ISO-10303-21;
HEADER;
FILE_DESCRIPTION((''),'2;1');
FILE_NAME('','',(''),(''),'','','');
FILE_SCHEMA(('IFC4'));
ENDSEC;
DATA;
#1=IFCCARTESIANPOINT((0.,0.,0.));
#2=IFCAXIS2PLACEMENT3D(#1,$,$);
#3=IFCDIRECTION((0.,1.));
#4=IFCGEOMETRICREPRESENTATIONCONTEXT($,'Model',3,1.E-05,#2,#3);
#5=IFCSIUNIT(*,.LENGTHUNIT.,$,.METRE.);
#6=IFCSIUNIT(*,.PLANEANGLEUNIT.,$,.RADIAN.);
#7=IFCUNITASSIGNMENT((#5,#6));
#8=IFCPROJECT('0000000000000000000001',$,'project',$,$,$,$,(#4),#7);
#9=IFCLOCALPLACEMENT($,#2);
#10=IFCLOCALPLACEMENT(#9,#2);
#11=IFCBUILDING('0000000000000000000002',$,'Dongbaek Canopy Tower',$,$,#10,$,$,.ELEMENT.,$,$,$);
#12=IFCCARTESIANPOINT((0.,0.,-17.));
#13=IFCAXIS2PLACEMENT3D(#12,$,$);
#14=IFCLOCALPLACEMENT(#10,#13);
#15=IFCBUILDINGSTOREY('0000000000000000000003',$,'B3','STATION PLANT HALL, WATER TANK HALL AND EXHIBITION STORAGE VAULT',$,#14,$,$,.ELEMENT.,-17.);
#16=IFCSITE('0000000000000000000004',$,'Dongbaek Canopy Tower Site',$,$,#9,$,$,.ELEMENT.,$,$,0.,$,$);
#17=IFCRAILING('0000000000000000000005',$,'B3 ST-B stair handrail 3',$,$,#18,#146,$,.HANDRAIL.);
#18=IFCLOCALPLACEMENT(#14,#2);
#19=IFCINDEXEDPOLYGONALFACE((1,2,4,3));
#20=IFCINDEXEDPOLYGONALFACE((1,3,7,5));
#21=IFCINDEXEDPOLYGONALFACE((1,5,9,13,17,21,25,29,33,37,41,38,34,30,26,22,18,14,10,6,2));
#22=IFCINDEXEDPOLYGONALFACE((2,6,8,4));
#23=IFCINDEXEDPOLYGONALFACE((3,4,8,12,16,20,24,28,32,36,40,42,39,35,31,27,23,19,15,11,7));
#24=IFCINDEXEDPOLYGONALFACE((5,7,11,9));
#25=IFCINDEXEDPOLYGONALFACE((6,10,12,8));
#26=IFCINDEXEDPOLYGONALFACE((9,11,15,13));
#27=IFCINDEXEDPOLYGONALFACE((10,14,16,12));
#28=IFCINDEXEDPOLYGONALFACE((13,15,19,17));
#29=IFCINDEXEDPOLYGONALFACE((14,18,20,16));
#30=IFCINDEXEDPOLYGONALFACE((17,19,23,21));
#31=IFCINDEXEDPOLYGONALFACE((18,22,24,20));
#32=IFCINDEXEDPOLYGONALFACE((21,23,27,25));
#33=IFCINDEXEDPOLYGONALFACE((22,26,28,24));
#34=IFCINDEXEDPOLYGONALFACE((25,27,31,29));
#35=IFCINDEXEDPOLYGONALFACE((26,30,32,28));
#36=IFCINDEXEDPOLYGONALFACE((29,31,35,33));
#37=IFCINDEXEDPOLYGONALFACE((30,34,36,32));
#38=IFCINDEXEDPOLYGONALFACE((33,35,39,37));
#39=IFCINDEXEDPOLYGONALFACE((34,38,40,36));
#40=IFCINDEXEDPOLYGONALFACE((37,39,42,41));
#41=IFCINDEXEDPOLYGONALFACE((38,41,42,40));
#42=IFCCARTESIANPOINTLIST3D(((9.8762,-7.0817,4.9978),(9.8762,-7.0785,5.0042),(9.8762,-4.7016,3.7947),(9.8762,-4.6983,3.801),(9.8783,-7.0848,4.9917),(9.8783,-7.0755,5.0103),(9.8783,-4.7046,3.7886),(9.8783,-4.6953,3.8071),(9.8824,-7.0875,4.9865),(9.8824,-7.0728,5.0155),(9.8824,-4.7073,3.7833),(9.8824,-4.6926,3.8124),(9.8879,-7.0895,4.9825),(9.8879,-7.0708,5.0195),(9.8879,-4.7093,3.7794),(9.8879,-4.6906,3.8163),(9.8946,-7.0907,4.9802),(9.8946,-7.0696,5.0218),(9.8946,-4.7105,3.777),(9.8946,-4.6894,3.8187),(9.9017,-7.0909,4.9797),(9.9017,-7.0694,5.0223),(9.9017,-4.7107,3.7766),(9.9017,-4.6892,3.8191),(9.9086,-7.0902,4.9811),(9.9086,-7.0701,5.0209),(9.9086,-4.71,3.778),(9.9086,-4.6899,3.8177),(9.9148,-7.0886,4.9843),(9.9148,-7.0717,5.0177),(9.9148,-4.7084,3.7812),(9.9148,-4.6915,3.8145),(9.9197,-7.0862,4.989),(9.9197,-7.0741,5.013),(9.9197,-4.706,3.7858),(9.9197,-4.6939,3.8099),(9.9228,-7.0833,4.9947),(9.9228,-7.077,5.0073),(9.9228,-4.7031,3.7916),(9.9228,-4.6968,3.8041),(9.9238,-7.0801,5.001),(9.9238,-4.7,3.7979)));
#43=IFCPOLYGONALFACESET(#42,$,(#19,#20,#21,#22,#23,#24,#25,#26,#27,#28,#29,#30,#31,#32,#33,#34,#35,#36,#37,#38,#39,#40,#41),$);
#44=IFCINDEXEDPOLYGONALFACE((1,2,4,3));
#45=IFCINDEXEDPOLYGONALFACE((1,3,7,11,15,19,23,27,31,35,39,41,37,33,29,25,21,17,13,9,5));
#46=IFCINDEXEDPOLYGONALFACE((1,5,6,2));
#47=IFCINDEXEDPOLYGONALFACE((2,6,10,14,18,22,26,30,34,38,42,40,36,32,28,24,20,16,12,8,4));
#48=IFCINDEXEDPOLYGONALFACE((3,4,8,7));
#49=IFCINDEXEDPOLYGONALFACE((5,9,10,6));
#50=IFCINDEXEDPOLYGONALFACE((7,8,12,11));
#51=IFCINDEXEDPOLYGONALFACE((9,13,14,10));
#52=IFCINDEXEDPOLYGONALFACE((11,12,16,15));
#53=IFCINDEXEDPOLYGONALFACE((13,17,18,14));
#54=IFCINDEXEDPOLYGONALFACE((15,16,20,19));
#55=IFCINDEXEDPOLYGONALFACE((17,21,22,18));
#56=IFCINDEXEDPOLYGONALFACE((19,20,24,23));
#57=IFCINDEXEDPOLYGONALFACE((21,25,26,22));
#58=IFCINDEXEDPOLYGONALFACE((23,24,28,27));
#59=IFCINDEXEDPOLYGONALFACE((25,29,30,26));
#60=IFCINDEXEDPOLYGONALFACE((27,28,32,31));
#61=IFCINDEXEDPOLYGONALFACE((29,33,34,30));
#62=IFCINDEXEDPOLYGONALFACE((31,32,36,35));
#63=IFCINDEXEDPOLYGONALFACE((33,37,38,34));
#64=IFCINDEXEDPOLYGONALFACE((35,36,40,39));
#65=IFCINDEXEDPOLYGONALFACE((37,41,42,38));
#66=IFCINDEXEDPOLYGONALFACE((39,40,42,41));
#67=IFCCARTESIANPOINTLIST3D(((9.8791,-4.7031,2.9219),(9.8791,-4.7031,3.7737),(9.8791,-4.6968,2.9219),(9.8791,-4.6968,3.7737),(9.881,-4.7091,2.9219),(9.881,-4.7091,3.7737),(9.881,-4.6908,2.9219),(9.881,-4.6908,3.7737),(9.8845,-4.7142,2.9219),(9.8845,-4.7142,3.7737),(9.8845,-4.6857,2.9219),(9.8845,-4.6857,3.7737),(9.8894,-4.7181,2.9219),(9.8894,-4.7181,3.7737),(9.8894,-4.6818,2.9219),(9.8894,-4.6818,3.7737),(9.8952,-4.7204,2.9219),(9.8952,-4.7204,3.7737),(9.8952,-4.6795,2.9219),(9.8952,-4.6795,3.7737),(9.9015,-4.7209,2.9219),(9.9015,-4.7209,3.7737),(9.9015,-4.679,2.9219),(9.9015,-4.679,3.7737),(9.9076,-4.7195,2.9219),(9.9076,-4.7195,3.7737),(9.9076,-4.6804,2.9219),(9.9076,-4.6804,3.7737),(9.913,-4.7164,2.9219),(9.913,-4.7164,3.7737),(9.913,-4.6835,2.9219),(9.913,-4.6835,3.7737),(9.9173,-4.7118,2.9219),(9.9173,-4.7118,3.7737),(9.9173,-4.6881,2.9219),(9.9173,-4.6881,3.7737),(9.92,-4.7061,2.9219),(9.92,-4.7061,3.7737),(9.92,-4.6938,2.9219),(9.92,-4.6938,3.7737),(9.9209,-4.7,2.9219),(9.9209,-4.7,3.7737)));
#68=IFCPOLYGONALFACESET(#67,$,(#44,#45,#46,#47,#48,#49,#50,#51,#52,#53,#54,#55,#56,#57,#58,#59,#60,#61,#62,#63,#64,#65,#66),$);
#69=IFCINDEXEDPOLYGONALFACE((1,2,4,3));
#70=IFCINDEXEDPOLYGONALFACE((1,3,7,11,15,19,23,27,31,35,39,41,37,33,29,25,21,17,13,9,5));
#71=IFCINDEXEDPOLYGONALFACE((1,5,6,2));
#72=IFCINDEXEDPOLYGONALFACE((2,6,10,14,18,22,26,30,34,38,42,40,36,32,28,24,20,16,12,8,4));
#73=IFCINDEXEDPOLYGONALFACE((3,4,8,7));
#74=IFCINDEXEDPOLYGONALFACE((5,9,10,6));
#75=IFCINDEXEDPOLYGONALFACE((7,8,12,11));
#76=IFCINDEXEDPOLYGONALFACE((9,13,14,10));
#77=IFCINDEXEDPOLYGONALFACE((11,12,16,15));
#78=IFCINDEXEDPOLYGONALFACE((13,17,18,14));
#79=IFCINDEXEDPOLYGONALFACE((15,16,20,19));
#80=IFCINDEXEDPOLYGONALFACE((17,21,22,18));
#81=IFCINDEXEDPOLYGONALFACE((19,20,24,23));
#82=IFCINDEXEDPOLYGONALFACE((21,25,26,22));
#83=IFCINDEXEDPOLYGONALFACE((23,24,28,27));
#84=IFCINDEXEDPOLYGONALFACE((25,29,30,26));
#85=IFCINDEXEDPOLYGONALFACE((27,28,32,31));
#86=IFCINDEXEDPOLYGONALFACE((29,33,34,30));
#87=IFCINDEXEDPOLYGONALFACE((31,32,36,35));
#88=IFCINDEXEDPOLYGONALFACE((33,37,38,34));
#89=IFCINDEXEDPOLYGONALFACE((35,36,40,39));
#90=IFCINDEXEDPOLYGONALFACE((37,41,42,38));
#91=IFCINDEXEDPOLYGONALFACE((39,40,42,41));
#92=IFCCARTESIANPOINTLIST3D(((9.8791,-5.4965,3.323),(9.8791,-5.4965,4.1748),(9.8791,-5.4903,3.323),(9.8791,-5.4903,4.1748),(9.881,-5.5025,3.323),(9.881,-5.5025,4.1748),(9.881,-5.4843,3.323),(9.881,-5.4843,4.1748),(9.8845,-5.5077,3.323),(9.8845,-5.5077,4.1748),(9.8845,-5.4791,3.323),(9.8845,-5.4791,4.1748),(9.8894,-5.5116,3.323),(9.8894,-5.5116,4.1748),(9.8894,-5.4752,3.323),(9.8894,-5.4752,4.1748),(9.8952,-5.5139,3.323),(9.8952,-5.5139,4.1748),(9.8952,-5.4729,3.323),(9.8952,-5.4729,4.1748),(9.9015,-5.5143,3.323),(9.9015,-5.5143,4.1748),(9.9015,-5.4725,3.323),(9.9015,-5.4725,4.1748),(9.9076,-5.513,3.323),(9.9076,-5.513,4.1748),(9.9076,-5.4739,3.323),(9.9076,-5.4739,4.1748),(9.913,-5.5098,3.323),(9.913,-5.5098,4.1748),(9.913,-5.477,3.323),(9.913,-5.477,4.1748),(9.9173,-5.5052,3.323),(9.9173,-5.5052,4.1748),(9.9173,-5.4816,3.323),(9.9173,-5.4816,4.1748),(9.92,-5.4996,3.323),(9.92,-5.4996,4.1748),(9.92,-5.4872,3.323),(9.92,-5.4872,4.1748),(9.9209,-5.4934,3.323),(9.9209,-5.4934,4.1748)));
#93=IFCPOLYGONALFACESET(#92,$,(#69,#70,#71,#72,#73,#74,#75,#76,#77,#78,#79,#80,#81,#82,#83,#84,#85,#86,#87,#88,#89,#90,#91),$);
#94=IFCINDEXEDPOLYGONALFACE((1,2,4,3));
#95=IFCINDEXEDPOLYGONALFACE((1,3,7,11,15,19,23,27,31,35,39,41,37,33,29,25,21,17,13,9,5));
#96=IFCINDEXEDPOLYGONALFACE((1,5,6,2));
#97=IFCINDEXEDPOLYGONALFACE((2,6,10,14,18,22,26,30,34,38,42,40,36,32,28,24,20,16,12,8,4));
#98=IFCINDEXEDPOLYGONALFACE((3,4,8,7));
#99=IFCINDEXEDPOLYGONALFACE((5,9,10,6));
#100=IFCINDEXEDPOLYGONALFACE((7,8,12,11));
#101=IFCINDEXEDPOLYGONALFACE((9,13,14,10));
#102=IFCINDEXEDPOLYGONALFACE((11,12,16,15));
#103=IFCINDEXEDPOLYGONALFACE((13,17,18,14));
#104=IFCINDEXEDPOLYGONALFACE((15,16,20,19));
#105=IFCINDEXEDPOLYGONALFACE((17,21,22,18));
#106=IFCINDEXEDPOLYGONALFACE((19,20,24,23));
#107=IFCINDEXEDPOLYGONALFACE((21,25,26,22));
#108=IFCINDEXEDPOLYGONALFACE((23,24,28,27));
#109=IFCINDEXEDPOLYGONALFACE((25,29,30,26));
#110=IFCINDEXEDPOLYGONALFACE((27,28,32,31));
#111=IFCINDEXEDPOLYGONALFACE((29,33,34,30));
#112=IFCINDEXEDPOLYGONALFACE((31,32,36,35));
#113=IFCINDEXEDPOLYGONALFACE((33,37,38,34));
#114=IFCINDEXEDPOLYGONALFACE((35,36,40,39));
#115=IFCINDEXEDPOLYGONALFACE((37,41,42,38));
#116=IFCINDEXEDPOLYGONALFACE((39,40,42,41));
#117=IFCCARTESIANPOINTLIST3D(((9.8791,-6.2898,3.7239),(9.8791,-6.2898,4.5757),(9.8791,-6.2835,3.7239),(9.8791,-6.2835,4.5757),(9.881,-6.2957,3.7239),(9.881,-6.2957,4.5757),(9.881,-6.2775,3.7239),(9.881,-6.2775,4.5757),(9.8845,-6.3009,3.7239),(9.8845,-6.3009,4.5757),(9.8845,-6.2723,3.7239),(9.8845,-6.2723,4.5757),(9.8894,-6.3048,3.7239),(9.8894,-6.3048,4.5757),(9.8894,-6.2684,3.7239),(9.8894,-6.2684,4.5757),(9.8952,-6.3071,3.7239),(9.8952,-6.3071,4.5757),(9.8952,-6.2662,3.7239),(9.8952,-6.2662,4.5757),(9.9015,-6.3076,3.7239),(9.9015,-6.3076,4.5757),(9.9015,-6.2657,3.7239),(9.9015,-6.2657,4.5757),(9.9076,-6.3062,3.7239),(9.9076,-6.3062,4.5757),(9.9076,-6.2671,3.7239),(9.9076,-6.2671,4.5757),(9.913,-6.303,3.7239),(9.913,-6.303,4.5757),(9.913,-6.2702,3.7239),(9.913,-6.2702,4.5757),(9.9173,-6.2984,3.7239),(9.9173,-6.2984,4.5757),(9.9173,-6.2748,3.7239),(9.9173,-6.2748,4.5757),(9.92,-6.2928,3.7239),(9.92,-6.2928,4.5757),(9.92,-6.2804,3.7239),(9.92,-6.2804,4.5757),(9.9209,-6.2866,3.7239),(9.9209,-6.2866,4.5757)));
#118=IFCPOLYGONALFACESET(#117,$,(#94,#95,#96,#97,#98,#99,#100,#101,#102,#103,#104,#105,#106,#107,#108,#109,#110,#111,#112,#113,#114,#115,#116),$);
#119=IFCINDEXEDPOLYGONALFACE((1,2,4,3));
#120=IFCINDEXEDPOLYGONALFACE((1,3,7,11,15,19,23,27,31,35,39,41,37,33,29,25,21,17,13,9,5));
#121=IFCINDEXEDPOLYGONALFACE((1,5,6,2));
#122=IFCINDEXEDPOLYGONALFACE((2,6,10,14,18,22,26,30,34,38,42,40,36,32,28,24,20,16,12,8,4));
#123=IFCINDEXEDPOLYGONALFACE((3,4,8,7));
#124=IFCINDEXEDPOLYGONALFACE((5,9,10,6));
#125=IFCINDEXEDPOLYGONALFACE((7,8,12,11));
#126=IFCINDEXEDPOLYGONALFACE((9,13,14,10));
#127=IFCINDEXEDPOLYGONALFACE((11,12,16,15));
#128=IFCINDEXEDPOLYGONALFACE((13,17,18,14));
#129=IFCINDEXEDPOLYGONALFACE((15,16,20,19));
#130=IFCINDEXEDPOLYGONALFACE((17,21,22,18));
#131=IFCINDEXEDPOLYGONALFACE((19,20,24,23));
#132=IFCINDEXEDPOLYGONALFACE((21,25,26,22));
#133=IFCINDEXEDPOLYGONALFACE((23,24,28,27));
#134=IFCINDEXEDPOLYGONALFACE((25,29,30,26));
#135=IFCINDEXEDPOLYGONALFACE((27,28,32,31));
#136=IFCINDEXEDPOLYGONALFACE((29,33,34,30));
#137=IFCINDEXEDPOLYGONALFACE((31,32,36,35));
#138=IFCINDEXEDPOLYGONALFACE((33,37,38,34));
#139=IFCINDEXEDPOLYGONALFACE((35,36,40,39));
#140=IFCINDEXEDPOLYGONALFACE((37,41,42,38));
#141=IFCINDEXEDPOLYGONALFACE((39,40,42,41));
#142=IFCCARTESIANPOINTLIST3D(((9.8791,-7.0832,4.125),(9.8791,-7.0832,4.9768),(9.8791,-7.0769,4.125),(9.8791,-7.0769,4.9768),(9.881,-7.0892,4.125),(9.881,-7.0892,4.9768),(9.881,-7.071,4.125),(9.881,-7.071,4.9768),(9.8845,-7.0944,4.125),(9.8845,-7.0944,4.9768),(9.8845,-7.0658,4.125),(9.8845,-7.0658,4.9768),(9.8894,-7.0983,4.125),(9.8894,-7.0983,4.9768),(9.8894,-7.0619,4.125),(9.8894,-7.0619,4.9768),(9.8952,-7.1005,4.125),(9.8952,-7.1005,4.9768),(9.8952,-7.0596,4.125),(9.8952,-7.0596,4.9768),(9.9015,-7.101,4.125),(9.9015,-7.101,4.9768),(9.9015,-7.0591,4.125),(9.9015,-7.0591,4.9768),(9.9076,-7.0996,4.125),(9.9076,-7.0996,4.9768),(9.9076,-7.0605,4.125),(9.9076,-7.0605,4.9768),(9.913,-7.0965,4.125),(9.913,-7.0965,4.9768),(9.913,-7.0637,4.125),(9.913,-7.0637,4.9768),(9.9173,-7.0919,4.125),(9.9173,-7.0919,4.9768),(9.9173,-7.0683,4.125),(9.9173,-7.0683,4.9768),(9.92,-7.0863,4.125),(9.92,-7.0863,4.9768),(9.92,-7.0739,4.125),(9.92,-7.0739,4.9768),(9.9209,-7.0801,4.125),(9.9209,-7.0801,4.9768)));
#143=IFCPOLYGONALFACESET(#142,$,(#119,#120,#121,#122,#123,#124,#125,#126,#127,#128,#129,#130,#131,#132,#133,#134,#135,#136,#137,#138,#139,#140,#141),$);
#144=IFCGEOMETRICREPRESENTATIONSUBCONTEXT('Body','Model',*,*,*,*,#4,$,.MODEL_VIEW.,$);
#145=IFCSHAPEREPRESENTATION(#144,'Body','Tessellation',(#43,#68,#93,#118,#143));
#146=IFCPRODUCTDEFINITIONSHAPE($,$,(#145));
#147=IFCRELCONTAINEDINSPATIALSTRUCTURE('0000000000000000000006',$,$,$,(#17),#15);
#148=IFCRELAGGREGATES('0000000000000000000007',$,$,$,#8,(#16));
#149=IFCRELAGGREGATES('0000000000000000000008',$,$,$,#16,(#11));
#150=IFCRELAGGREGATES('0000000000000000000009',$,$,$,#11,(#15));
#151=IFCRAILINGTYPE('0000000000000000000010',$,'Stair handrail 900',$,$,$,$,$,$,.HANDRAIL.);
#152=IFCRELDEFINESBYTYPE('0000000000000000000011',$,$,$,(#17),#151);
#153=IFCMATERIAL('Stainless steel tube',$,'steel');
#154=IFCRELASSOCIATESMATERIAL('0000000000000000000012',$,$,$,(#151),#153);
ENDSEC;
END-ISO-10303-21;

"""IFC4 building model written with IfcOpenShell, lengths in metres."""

from ifc_helpers import new_model, si_unit, direction, frame, origin, origin_2d, place, context, subcontext, project, spatial, circle, extrude, material, type_object, element, save


model = new_model("IFC4")

# Units and contexts
model_context = context("Model", 3, precision=1e-05, world=origin(), true_north=direction((0.0, 1.0)))
body_context = subcontext(model_context, "Body", "Model", "MODEL_VIEW")
ifc_project = project(units=[si_unit("LENGTHUNIT", "METRE"), si_unit("PLANEANGLEUNIT", "RADIAN")], contexts=[model_context])

# Site, building, storey
site_placement = place(None, origin())
site = spatial("IfcSite", under=ifc_project, at=site_placement, Name="Dongbaek Canopy Tower Site", CompositionType="ELEMENT", RefElevation=0.0)
building_placement = place(site_placement, origin())
building = spatial("IfcBuilding", under=site, at=building_placement, Name="Dongbaek Canopy Tower", CompositionType="ELEMENT")
storey_placement = place(building_placement, frame((0.0, 0.0, -17.0)))
storey = spatial("IfcBuildingStorey", under=building, at=storey_placement, Name="B3", Description="STATION PLANT HALL, WATER TANK HALL AND EXHIBITION STORAGE VAULT", CompositionType="ELEMENT", Elevation=-17.0)

# Railing
ifc_material_1 = material(Name="Stainless steel tube", Category="steel")
railing_type = type_object("IfcRailingType", Name="Stair handrail 900", PredefinedType="HANDRAIL", material=ifc_material_1)
for number, where, name in (
    (1, (9.8999, -4.7, 2.9219), "B3 ST-B stair handrail 3"),
):
    element("IfcRailing", number, at=place(storey_placement, frame(where)), inside=storey, type_object=railing_type, Name=name, PredefinedType="HANDRAIL", context=body_context, shape_type="SweptSolid", body=[
        extrude(circle(Radius=0.0239, at=origin_2d()), frame((0.0, 0.0, 0.876), z_axis=(0.0, -0.89246, 0.451127), x_axis=(1.0, 0.0, 0.0)), (0.0, 0.0, 1.0), 2.667),
        extrude(circle(Radius=0.021, at=origin_2d()), origin(), (0.0, 0.0, 1.0), 0.8518),
        extrude(circle(Radius=0.021, at=origin_2d()), frame((0.0, -0.7935, 0.4011)), (0.0, 0.0, 1.0), 0.8518),
        extrude(circle(Radius=0.021, at=origin_2d()), frame((0.0, -1.5867, 0.802)), (0.0, 0.0, 1.0), 0.8518),
        extrude(circle(Radius=0.021, at=origin_2d()), frame((0.0, -2.3801, 1.2031)), (0.0, 0.0, 1.0), 0.8518),
    ])

save(model, "model.ifc")
